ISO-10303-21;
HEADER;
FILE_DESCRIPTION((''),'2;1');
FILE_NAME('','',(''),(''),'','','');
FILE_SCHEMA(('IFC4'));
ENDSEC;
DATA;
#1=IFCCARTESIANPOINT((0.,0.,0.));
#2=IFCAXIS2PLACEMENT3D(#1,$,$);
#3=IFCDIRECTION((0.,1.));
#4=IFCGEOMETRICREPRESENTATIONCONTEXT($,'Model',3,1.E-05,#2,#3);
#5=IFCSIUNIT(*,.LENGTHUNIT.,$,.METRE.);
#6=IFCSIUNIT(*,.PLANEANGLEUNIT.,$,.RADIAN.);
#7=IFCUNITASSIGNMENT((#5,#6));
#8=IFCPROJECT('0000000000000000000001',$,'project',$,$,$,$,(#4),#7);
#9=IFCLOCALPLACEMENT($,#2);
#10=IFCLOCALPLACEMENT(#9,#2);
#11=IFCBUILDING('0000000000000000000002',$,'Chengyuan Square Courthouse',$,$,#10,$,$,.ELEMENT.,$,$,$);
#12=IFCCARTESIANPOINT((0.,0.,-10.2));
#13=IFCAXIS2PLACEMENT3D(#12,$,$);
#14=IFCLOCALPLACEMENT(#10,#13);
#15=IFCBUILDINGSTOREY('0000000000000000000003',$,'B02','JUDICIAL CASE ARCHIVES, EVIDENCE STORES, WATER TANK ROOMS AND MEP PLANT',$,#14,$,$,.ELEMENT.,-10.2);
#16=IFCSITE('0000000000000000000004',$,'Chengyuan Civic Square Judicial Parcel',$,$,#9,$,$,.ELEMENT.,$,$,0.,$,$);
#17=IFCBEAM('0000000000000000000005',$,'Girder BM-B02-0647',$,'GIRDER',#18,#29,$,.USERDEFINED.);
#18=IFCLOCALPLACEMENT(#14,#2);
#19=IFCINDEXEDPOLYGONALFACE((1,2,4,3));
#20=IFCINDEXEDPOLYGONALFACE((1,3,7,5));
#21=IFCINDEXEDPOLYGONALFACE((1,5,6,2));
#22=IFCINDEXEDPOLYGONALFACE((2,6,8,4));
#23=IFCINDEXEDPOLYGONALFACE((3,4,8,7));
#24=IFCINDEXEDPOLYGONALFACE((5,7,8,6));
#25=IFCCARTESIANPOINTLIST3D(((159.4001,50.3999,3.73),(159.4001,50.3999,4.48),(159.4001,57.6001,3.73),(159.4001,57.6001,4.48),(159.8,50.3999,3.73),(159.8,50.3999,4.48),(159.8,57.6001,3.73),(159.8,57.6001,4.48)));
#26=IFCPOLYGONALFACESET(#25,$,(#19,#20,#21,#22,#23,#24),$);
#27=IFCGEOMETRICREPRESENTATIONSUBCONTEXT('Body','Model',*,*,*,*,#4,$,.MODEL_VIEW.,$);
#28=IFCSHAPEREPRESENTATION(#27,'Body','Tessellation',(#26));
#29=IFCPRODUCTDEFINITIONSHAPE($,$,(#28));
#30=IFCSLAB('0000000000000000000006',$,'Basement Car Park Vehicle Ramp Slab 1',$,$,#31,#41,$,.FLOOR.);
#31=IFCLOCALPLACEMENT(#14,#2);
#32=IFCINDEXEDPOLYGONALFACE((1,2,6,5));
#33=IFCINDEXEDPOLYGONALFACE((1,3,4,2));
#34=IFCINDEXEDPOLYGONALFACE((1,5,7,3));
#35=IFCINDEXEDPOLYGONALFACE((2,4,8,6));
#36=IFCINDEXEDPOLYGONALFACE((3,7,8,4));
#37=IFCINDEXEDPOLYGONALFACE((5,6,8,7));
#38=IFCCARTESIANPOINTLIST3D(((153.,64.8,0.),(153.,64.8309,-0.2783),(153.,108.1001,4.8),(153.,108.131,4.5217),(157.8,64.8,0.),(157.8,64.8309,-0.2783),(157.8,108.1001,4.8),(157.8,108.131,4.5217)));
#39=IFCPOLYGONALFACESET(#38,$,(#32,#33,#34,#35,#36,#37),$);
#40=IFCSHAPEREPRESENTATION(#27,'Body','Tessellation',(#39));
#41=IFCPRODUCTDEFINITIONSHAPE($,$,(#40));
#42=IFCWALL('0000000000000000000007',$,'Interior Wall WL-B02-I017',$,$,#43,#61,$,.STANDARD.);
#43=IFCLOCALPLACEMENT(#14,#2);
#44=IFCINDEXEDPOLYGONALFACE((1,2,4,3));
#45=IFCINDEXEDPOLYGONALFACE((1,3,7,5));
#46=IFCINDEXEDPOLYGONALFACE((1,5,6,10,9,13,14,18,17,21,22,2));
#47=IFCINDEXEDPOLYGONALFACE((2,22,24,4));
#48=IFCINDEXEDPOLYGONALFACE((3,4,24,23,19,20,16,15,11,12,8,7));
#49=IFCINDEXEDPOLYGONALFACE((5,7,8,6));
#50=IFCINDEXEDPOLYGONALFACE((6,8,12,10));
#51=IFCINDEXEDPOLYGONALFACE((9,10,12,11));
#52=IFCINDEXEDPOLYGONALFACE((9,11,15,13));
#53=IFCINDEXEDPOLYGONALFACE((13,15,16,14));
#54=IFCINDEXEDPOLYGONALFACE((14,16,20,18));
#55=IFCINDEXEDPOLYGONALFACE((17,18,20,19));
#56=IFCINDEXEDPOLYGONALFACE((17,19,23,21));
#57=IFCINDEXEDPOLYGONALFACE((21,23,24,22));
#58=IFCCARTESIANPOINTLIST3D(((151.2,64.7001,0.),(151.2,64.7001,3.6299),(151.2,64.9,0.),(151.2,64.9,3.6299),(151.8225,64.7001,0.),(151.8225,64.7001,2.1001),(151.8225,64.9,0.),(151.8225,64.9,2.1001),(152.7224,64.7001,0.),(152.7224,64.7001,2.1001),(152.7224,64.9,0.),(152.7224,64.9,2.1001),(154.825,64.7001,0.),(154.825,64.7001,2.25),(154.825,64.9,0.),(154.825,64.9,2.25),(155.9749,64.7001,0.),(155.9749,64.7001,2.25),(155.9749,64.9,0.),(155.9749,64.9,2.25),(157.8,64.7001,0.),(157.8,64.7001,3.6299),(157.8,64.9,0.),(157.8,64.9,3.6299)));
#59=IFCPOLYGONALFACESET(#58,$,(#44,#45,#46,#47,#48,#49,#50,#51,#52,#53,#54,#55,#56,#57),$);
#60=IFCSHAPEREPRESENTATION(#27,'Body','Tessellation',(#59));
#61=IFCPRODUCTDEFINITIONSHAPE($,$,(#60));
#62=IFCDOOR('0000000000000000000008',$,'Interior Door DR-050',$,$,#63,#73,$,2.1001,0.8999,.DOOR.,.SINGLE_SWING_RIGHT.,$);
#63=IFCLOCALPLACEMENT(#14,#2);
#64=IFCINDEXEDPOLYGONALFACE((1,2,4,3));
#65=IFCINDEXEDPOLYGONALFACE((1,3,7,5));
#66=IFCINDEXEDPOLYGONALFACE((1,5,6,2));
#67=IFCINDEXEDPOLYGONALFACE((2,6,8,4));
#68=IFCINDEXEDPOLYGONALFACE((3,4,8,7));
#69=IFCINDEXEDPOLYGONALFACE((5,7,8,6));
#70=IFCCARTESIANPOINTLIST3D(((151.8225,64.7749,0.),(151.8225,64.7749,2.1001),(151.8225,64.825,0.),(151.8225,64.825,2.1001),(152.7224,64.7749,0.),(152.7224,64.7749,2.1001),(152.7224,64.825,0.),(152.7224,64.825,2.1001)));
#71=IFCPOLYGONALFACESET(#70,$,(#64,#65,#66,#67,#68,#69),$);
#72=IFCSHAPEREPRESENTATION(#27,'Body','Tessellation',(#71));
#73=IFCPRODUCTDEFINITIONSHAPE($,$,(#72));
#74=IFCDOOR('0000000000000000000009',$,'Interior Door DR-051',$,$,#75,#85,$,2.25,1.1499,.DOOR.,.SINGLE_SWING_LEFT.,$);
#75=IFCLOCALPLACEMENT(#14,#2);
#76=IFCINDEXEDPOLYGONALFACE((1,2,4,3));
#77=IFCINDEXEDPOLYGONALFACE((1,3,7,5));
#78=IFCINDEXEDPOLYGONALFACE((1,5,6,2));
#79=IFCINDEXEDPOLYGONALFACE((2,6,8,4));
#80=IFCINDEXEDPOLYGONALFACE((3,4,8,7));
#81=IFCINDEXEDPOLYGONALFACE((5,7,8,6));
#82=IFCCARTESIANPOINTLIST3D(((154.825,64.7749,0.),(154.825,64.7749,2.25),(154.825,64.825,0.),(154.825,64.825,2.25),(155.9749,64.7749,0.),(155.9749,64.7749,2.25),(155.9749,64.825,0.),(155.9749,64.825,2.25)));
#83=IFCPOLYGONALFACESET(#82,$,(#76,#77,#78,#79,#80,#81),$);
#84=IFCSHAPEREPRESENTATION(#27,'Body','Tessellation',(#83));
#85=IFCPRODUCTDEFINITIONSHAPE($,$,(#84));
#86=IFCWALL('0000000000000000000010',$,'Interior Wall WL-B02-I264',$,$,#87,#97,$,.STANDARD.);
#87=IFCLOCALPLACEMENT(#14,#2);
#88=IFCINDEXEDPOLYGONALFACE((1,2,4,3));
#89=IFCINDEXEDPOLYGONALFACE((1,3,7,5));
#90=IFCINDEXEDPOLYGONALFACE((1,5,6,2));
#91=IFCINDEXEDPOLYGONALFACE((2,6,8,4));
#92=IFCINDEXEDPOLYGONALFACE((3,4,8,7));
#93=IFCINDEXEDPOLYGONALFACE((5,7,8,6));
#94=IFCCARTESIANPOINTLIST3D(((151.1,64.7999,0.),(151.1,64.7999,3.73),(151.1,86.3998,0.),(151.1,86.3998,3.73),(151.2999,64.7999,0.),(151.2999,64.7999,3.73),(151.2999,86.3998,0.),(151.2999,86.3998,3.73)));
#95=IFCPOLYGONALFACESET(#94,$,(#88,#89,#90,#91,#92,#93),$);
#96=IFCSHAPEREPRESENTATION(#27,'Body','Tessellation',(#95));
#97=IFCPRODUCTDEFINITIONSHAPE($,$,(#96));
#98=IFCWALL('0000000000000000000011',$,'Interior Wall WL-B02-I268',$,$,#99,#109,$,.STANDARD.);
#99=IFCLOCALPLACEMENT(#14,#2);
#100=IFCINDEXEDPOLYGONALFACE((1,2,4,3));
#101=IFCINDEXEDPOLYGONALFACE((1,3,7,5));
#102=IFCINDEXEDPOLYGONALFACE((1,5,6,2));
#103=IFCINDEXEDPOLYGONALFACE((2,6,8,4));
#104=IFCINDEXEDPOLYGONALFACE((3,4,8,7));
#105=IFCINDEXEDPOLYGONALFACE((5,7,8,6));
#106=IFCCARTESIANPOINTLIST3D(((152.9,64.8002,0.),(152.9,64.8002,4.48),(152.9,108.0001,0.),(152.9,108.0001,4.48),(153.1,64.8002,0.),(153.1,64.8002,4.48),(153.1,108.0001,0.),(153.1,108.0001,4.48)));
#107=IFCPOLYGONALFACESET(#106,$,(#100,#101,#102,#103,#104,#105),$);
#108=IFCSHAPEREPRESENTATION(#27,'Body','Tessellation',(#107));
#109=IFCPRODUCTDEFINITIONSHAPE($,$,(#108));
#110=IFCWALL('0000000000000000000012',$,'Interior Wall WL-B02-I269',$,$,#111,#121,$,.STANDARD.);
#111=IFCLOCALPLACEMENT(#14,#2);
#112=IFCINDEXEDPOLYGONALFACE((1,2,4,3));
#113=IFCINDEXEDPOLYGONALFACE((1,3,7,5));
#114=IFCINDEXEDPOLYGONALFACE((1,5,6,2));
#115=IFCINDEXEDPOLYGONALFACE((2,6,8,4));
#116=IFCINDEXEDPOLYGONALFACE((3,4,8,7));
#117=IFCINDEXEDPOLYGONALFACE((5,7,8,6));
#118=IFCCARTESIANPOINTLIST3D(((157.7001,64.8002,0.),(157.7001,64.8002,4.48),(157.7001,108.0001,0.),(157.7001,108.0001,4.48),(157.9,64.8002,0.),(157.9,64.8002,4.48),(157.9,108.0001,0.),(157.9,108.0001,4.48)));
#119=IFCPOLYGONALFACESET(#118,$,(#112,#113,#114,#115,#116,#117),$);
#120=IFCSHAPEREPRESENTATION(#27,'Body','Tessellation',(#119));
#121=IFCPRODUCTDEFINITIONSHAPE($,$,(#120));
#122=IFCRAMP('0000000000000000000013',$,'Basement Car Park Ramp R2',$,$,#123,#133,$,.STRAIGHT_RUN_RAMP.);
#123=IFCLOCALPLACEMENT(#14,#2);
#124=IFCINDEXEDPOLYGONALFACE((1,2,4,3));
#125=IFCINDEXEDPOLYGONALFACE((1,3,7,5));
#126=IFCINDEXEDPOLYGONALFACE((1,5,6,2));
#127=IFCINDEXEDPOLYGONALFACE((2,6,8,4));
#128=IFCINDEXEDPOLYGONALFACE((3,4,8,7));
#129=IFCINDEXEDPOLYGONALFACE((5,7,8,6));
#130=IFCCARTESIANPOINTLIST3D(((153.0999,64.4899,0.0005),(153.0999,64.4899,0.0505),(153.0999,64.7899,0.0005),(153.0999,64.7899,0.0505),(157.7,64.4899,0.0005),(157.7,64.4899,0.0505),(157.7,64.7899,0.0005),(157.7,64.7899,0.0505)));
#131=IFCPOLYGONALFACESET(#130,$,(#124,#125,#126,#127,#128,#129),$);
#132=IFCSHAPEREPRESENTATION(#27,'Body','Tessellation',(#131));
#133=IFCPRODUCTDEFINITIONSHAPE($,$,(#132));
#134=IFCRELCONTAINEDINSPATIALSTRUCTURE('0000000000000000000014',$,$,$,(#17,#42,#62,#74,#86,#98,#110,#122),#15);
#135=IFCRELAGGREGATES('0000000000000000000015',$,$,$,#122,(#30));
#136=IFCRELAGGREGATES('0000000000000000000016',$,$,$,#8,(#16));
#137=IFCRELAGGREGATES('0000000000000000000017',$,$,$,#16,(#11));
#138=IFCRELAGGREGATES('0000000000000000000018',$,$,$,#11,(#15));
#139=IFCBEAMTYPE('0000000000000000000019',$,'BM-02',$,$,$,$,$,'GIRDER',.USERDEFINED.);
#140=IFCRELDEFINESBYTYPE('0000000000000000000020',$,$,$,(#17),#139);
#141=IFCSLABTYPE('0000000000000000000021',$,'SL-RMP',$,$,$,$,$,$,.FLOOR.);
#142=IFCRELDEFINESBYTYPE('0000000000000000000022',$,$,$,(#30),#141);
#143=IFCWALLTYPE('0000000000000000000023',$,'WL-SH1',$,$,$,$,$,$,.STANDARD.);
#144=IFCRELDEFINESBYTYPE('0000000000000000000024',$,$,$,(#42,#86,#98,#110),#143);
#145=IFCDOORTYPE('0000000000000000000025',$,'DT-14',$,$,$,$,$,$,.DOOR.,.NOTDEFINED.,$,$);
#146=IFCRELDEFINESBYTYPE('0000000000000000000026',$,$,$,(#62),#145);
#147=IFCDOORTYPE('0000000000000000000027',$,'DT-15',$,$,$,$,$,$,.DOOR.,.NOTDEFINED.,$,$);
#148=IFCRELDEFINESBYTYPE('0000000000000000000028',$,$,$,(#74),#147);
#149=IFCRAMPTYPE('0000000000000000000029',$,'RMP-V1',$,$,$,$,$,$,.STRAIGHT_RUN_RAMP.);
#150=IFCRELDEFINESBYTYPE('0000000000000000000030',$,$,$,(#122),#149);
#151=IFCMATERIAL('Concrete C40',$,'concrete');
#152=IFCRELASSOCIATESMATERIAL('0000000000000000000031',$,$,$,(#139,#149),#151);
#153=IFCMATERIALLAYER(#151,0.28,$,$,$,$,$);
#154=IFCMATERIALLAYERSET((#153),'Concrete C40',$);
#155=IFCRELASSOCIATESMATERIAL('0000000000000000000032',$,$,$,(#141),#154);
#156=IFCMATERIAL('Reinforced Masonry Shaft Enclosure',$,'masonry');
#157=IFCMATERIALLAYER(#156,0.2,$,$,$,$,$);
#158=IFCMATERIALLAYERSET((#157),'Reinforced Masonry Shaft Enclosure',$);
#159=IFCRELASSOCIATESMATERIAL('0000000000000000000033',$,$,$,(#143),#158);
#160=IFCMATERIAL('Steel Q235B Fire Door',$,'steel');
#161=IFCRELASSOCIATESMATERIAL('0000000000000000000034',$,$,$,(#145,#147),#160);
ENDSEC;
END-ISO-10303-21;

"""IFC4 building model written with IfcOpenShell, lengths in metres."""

from ifc_helpers import new_model, si_unit, direction, frame, frame_2d, origin, origin_2d, place, context, subcontext, project, spatial, polyline, rectangle, outline, extrude, material, layer, layer_set, material_profile, profile_set, type_object, element, fill, aggregate, save


model = new_model("IFC4")

# Units and contexts
model_context = context("Model", 3, precision=1e-05, world=origin(), true_north=direction((0.0, 1.0)))
body_context = subcontext(model_context, "Body", "Model", "MODEL_VIEW")
ifc_project = project(units=[si_unit("LENGTHUNIT", "METRE"), si_unit("PLANEANGLEUNIT", "RADIAN")], contexts=[model_context])

# Site, building, storey
site_placement = place(None, origin())
site = spatial("IfcSite", under=ifc_project, at=site_placement, Name="Chengyuan Civic Square Judicial Parcel", CompositionType="ELEMENT", RefElevation=0.0)
building_placement = place(site_placement, origin())
building = spatial("IfcBuilding", under=site, at=building_placement, Name="Chengyuan Square Courthouse", CompositionType="ELEMENT")
storey_placement = place(building_placement, frame((0.0, 0.0, -10.2)))
storey = spatial("IfcBuildingStorey", under=building, at=storey_placement, Name="B02", Description="JUDICIAL CASE ARCHIVES, EVIDENCE STORES, WATER TANK ROOMS AND MEP PLANT", CompositionType="ELEMENT", Elevation=-10.2)

# Shared definitions
ifc_material_1 = material(Name="Concrete C40", Category="concrete")

# Beam
ifc_material_profile_1 = material_profile(ifc_material_1, rectangle(XDim=0.3999, YDim=0.75, at=origin_2d()), Name="RC-BM-400x750")
ifc_profile_set_1 = profile_set([ifc_material_profile_1], Name="Concrete C40")
beam_type_1 = type_object("IfcBeamType", Name="BM-02", ElementType="GIRDER", PredefinedType="USERDEFINED", material=ifc_profile_set_1)
beam_1_placement = place(storey_placement, frame((159.6001, 50.3999, 4.105), z_axis=(0.0, 1.0, 0.0), x_axis=(-1.0, 0.0, 0.0)))
element("IfcBeam", 1, at=beam_1_placement, inside=storey, type_object=beam_type_1, Name="Girder BM-B02-0647", ObjectType="GIRDER", PredefinedType="USERDEFINED", context=body_context, shape_type="SweptSolid", body=[
    extrude(rectangle(XDim=0.3999, YDim=0.75, at=origin_2d()), origin(), (0.0, 0.0, 1.0), 7.2002),
])

# Slab
ifc_layer_1 = layer(ifc_material_1, 0.28)
ifc_layer_set_1 = layer_set([ifc_layer_1], Name="Concrete C40")
slab_type = type_object("IfcSlabType", Name="SL-RMP", PredefinedType="FLOOR", material=ifc_layer_set_1)
slab_placement = place(storey_placement, frame((153.0, 64.8, 0.0), z_axis=(0.0, -0.110181, 0.993912), x_axis=(1.0, 0.0, 0.0)))
slab = element("IfcSlab", 2, at=slab_placement, type_object=slab_type, Name="Basement Car Park Vehicle Ramp Slab 1", PredefinedType="FLOOR", context=body_context, shape_type="SweptSolid", body=[
    extrude(outline(polyline([(0.0, 0.0), (4.8, 0.0), (4.8, 43.5653), (0.0, 43.5653), (0.0, 0.0)])), origin(), (0.0, 0.0, -1.0), 0.28),
])

# Wall, openings, doors
ifc_material_2 = material(Name="Reinforced Masonry Shaft Enclosure", Category="masonry")
ifc_layer_2 = layer(ifc_material_2, 0.2)
ifc_layer_set_2 = layer_set([ifc_layer_2], Name="Reinforced Masonry Shaft Enclosure")
wall_type_1 = type_object("IfcWallType", Name="WL-SH1", PredefinedType="STANDARD", material=ifc_layer_set_2)
wall_1_placement = place(storey_placement, frame((151.2, 64.8, 0.0), z_axis=(0.0, 0.0, 1.0), x_axis=(1.0, 0.0, 0.0)))
wall_1 = element("IfcWall", 3, at=wall_1_placement, inside=storey, type_object=wall_type_1, Name="Interior Wall WL-B02-I017", PredefinedType="STANDARD", context=body_context, shape_type="SweptSolid", body=[
    extrude(rectangle(XDim=6.6001, YDim=0.2, at=frame_2d((3.3, 0.0))), origin(), (0.0, 0.0, 1.0), 3.6299),
])
opening_1_placement = place(wall_1_placement, frame((0.6226, 0.0, 0.0)))
opening_1 = element("IfcOpeningElement", 4, at=opening_1_placement, cuts=wall_1, PredefinedType="OPENING", context=body_context, shape_type="SweptSolid", body=[
    extrude(rectangle(XDim=0.8999, YDim=2.1001, at=frame_2d((0.45, 1.05))), frame((0.0, 0.1121, 0.0), z_axis=(0.0, -1.0, 0.0), x_axis=(1.0, 0.0, 0.0)), (0.0, 0.0, 1.0), 0.2239),
])
opening_2_placement = place(wall_1_placement, frame((3.625, 0.0, 0.0)))
opening_2 = element("IfcOpeningElement", 5, at=opening_2_placement, cuts=wall_1, PredefinedType="OPENING", context=body_context, shape_type="SweptSolid", body=[
    extrude(rectangle(XDim=1.1499, YDim=2.25, at=frame_2d((0.575, 1.125))), frame((0.0, 0.1121, 0.0), z_axis=(0.0, -1.0, 0.0), x_axis=(1.0, 0.0, 0.0)), (0.0, 0.0, 1.0), 0.2239),
])
ifc_material_3 = material(Name="Steel Q235B Fire Door", Category="steel")
door_type_1 = type_object("IfcDoorType", Name="DT-14", OperationType="NOTDEFINED", PredefinedType="DOOR", material=ifc_material_3)
door_1_placement = place(opening_1_placement, origin())
door_1 = element("IfcDoor", 6, at=door_1_placement, inside=storey, type_object=door_type_1, Name="Interior Door DR-050", OperationType="SINGLE_SWING_RIGHT", OverallHeight=2.1001, OverallWidth=0.8999, PredefinedType="DOOR", context=body_context, shape_type="SweptSolid", body=[
    extrude(rectangle(XDim=0.8999, YDim=2.1001, at=frame_2d((0.45, 1.05))), frame((0.0, 0.0249, 0.0), z_axis=(0.0, -1.0, 0.0), x_axis=(1.0, 0.0, 0.0)), (0.0, 0.0, 1.0), 0.05),
])
fill(opening_1, door_1)
door_type_2 = type_object("IfcDoorType", Name="DT-15", OperationType="NOTDEFINED", PredefinedType="DOOR", material=ifc_material_3)
door_2_placement = place(opening_2_placement, origin())
door_2 = element("IfcDoor", 7, at=door_2_placement, inside=storey, type_object=door_type_2, Name="Interior Door DR-051", OperationType="SINGLE_SWING_LEFT", OverallHeight=2.25, OverallWidth=1.1499, PredefinedType="DOOR", context=body_context, shape_type="SweptSolid", body=[
    extrude(rectangle(XDim=1.1499, YDim=2.25, at=frame_2d((0.575, 1.125))), frame((0.0, 0.0249, 0.0), z_axis=(0.0, -1.0, 0.0), x_axis=(1.0, 0.0, 0.0)), (0.0, 0.0, 1.0), 0.05),
])
fill(opening_2, door_2)

# Walls
wall_2_placement = place(storey_placement, frame((151.2, 64.8, 0.0), z_axis=(0.0, 0.0, 1.0), x_axis=(0.0, 1.0, 0.0)))
element("IfcWall", 8, at=wall_2_placement, inside=storey, type_object=wall_type_1, Name="Interior Wall WL-B02-I264", PredefinedType="STANDARD", context=body_context, shape_type="SweptSolid", body=[
    extrude(rectangle(XDim=21.5999, YDim=0.2, at=frame_2d((10.7998, 0.0))), origin(), (0.0, 0.0, 1.0), 3.73),
])
for number, where, z_axis, x_axis, name in (
    (9, (153.0, 64.8, 0.0), (0.0, 0.0, 1.0), (0.0, 1.0, 0.0), "Interior Wall WL-B02-I268"),
    (10, (157.8, 64.8, 0.0), (0.0, 0.0, 1.0), (0.0, 1.0, 0.0), "Interior Wall WL-B02-I269"),
):
    element("IfcWall", number, at=place(storey_placement, frame(where, z_axis=z_axis, x_axis=x_axis)), inside=storey, type_object=wall_type_1, Name=name, PredefinedType="STANDARD", context=body_context, shape_type="SweptSolid", body=[
        extrude(rectangle(XDim=43.2, YDim=0.2, at=frame_2d((21.6001, 0.0))), origin(), (0.0, 0.0, 1.0), 4.48),
    ])

# Ramp
ramp_type = type_object("IfcRampType", Name="RMP-V1", PredefinedType="STRAIGHT_RUN_RAMP", material=ifc_material_1)
ramp_placement = place(storey_placement, frame((155.3999, 64.6399, 0.0005), z_axis=(0.0, 0.0, 1.0), x_axis=(1.0, 0.0, 0.0)))
ramp = element("IfcRamp", 11, at=ramp_placement, inside=storey, type_object=ramp_type, Name="Basement Car Park Ramp R2", PredefinedType="STRAIGHT_RUN_RAMP", context=body_context, shape_type="SweptSolid", body=[
    extrude(rectangle(XDim=4.6001, YDim=0.3, at=origin_2d()), origin(), (0.0, 0.0, 1.0), 0.05),
])
aggregate(ramp, [slab])

save(model, "model.ifc")
